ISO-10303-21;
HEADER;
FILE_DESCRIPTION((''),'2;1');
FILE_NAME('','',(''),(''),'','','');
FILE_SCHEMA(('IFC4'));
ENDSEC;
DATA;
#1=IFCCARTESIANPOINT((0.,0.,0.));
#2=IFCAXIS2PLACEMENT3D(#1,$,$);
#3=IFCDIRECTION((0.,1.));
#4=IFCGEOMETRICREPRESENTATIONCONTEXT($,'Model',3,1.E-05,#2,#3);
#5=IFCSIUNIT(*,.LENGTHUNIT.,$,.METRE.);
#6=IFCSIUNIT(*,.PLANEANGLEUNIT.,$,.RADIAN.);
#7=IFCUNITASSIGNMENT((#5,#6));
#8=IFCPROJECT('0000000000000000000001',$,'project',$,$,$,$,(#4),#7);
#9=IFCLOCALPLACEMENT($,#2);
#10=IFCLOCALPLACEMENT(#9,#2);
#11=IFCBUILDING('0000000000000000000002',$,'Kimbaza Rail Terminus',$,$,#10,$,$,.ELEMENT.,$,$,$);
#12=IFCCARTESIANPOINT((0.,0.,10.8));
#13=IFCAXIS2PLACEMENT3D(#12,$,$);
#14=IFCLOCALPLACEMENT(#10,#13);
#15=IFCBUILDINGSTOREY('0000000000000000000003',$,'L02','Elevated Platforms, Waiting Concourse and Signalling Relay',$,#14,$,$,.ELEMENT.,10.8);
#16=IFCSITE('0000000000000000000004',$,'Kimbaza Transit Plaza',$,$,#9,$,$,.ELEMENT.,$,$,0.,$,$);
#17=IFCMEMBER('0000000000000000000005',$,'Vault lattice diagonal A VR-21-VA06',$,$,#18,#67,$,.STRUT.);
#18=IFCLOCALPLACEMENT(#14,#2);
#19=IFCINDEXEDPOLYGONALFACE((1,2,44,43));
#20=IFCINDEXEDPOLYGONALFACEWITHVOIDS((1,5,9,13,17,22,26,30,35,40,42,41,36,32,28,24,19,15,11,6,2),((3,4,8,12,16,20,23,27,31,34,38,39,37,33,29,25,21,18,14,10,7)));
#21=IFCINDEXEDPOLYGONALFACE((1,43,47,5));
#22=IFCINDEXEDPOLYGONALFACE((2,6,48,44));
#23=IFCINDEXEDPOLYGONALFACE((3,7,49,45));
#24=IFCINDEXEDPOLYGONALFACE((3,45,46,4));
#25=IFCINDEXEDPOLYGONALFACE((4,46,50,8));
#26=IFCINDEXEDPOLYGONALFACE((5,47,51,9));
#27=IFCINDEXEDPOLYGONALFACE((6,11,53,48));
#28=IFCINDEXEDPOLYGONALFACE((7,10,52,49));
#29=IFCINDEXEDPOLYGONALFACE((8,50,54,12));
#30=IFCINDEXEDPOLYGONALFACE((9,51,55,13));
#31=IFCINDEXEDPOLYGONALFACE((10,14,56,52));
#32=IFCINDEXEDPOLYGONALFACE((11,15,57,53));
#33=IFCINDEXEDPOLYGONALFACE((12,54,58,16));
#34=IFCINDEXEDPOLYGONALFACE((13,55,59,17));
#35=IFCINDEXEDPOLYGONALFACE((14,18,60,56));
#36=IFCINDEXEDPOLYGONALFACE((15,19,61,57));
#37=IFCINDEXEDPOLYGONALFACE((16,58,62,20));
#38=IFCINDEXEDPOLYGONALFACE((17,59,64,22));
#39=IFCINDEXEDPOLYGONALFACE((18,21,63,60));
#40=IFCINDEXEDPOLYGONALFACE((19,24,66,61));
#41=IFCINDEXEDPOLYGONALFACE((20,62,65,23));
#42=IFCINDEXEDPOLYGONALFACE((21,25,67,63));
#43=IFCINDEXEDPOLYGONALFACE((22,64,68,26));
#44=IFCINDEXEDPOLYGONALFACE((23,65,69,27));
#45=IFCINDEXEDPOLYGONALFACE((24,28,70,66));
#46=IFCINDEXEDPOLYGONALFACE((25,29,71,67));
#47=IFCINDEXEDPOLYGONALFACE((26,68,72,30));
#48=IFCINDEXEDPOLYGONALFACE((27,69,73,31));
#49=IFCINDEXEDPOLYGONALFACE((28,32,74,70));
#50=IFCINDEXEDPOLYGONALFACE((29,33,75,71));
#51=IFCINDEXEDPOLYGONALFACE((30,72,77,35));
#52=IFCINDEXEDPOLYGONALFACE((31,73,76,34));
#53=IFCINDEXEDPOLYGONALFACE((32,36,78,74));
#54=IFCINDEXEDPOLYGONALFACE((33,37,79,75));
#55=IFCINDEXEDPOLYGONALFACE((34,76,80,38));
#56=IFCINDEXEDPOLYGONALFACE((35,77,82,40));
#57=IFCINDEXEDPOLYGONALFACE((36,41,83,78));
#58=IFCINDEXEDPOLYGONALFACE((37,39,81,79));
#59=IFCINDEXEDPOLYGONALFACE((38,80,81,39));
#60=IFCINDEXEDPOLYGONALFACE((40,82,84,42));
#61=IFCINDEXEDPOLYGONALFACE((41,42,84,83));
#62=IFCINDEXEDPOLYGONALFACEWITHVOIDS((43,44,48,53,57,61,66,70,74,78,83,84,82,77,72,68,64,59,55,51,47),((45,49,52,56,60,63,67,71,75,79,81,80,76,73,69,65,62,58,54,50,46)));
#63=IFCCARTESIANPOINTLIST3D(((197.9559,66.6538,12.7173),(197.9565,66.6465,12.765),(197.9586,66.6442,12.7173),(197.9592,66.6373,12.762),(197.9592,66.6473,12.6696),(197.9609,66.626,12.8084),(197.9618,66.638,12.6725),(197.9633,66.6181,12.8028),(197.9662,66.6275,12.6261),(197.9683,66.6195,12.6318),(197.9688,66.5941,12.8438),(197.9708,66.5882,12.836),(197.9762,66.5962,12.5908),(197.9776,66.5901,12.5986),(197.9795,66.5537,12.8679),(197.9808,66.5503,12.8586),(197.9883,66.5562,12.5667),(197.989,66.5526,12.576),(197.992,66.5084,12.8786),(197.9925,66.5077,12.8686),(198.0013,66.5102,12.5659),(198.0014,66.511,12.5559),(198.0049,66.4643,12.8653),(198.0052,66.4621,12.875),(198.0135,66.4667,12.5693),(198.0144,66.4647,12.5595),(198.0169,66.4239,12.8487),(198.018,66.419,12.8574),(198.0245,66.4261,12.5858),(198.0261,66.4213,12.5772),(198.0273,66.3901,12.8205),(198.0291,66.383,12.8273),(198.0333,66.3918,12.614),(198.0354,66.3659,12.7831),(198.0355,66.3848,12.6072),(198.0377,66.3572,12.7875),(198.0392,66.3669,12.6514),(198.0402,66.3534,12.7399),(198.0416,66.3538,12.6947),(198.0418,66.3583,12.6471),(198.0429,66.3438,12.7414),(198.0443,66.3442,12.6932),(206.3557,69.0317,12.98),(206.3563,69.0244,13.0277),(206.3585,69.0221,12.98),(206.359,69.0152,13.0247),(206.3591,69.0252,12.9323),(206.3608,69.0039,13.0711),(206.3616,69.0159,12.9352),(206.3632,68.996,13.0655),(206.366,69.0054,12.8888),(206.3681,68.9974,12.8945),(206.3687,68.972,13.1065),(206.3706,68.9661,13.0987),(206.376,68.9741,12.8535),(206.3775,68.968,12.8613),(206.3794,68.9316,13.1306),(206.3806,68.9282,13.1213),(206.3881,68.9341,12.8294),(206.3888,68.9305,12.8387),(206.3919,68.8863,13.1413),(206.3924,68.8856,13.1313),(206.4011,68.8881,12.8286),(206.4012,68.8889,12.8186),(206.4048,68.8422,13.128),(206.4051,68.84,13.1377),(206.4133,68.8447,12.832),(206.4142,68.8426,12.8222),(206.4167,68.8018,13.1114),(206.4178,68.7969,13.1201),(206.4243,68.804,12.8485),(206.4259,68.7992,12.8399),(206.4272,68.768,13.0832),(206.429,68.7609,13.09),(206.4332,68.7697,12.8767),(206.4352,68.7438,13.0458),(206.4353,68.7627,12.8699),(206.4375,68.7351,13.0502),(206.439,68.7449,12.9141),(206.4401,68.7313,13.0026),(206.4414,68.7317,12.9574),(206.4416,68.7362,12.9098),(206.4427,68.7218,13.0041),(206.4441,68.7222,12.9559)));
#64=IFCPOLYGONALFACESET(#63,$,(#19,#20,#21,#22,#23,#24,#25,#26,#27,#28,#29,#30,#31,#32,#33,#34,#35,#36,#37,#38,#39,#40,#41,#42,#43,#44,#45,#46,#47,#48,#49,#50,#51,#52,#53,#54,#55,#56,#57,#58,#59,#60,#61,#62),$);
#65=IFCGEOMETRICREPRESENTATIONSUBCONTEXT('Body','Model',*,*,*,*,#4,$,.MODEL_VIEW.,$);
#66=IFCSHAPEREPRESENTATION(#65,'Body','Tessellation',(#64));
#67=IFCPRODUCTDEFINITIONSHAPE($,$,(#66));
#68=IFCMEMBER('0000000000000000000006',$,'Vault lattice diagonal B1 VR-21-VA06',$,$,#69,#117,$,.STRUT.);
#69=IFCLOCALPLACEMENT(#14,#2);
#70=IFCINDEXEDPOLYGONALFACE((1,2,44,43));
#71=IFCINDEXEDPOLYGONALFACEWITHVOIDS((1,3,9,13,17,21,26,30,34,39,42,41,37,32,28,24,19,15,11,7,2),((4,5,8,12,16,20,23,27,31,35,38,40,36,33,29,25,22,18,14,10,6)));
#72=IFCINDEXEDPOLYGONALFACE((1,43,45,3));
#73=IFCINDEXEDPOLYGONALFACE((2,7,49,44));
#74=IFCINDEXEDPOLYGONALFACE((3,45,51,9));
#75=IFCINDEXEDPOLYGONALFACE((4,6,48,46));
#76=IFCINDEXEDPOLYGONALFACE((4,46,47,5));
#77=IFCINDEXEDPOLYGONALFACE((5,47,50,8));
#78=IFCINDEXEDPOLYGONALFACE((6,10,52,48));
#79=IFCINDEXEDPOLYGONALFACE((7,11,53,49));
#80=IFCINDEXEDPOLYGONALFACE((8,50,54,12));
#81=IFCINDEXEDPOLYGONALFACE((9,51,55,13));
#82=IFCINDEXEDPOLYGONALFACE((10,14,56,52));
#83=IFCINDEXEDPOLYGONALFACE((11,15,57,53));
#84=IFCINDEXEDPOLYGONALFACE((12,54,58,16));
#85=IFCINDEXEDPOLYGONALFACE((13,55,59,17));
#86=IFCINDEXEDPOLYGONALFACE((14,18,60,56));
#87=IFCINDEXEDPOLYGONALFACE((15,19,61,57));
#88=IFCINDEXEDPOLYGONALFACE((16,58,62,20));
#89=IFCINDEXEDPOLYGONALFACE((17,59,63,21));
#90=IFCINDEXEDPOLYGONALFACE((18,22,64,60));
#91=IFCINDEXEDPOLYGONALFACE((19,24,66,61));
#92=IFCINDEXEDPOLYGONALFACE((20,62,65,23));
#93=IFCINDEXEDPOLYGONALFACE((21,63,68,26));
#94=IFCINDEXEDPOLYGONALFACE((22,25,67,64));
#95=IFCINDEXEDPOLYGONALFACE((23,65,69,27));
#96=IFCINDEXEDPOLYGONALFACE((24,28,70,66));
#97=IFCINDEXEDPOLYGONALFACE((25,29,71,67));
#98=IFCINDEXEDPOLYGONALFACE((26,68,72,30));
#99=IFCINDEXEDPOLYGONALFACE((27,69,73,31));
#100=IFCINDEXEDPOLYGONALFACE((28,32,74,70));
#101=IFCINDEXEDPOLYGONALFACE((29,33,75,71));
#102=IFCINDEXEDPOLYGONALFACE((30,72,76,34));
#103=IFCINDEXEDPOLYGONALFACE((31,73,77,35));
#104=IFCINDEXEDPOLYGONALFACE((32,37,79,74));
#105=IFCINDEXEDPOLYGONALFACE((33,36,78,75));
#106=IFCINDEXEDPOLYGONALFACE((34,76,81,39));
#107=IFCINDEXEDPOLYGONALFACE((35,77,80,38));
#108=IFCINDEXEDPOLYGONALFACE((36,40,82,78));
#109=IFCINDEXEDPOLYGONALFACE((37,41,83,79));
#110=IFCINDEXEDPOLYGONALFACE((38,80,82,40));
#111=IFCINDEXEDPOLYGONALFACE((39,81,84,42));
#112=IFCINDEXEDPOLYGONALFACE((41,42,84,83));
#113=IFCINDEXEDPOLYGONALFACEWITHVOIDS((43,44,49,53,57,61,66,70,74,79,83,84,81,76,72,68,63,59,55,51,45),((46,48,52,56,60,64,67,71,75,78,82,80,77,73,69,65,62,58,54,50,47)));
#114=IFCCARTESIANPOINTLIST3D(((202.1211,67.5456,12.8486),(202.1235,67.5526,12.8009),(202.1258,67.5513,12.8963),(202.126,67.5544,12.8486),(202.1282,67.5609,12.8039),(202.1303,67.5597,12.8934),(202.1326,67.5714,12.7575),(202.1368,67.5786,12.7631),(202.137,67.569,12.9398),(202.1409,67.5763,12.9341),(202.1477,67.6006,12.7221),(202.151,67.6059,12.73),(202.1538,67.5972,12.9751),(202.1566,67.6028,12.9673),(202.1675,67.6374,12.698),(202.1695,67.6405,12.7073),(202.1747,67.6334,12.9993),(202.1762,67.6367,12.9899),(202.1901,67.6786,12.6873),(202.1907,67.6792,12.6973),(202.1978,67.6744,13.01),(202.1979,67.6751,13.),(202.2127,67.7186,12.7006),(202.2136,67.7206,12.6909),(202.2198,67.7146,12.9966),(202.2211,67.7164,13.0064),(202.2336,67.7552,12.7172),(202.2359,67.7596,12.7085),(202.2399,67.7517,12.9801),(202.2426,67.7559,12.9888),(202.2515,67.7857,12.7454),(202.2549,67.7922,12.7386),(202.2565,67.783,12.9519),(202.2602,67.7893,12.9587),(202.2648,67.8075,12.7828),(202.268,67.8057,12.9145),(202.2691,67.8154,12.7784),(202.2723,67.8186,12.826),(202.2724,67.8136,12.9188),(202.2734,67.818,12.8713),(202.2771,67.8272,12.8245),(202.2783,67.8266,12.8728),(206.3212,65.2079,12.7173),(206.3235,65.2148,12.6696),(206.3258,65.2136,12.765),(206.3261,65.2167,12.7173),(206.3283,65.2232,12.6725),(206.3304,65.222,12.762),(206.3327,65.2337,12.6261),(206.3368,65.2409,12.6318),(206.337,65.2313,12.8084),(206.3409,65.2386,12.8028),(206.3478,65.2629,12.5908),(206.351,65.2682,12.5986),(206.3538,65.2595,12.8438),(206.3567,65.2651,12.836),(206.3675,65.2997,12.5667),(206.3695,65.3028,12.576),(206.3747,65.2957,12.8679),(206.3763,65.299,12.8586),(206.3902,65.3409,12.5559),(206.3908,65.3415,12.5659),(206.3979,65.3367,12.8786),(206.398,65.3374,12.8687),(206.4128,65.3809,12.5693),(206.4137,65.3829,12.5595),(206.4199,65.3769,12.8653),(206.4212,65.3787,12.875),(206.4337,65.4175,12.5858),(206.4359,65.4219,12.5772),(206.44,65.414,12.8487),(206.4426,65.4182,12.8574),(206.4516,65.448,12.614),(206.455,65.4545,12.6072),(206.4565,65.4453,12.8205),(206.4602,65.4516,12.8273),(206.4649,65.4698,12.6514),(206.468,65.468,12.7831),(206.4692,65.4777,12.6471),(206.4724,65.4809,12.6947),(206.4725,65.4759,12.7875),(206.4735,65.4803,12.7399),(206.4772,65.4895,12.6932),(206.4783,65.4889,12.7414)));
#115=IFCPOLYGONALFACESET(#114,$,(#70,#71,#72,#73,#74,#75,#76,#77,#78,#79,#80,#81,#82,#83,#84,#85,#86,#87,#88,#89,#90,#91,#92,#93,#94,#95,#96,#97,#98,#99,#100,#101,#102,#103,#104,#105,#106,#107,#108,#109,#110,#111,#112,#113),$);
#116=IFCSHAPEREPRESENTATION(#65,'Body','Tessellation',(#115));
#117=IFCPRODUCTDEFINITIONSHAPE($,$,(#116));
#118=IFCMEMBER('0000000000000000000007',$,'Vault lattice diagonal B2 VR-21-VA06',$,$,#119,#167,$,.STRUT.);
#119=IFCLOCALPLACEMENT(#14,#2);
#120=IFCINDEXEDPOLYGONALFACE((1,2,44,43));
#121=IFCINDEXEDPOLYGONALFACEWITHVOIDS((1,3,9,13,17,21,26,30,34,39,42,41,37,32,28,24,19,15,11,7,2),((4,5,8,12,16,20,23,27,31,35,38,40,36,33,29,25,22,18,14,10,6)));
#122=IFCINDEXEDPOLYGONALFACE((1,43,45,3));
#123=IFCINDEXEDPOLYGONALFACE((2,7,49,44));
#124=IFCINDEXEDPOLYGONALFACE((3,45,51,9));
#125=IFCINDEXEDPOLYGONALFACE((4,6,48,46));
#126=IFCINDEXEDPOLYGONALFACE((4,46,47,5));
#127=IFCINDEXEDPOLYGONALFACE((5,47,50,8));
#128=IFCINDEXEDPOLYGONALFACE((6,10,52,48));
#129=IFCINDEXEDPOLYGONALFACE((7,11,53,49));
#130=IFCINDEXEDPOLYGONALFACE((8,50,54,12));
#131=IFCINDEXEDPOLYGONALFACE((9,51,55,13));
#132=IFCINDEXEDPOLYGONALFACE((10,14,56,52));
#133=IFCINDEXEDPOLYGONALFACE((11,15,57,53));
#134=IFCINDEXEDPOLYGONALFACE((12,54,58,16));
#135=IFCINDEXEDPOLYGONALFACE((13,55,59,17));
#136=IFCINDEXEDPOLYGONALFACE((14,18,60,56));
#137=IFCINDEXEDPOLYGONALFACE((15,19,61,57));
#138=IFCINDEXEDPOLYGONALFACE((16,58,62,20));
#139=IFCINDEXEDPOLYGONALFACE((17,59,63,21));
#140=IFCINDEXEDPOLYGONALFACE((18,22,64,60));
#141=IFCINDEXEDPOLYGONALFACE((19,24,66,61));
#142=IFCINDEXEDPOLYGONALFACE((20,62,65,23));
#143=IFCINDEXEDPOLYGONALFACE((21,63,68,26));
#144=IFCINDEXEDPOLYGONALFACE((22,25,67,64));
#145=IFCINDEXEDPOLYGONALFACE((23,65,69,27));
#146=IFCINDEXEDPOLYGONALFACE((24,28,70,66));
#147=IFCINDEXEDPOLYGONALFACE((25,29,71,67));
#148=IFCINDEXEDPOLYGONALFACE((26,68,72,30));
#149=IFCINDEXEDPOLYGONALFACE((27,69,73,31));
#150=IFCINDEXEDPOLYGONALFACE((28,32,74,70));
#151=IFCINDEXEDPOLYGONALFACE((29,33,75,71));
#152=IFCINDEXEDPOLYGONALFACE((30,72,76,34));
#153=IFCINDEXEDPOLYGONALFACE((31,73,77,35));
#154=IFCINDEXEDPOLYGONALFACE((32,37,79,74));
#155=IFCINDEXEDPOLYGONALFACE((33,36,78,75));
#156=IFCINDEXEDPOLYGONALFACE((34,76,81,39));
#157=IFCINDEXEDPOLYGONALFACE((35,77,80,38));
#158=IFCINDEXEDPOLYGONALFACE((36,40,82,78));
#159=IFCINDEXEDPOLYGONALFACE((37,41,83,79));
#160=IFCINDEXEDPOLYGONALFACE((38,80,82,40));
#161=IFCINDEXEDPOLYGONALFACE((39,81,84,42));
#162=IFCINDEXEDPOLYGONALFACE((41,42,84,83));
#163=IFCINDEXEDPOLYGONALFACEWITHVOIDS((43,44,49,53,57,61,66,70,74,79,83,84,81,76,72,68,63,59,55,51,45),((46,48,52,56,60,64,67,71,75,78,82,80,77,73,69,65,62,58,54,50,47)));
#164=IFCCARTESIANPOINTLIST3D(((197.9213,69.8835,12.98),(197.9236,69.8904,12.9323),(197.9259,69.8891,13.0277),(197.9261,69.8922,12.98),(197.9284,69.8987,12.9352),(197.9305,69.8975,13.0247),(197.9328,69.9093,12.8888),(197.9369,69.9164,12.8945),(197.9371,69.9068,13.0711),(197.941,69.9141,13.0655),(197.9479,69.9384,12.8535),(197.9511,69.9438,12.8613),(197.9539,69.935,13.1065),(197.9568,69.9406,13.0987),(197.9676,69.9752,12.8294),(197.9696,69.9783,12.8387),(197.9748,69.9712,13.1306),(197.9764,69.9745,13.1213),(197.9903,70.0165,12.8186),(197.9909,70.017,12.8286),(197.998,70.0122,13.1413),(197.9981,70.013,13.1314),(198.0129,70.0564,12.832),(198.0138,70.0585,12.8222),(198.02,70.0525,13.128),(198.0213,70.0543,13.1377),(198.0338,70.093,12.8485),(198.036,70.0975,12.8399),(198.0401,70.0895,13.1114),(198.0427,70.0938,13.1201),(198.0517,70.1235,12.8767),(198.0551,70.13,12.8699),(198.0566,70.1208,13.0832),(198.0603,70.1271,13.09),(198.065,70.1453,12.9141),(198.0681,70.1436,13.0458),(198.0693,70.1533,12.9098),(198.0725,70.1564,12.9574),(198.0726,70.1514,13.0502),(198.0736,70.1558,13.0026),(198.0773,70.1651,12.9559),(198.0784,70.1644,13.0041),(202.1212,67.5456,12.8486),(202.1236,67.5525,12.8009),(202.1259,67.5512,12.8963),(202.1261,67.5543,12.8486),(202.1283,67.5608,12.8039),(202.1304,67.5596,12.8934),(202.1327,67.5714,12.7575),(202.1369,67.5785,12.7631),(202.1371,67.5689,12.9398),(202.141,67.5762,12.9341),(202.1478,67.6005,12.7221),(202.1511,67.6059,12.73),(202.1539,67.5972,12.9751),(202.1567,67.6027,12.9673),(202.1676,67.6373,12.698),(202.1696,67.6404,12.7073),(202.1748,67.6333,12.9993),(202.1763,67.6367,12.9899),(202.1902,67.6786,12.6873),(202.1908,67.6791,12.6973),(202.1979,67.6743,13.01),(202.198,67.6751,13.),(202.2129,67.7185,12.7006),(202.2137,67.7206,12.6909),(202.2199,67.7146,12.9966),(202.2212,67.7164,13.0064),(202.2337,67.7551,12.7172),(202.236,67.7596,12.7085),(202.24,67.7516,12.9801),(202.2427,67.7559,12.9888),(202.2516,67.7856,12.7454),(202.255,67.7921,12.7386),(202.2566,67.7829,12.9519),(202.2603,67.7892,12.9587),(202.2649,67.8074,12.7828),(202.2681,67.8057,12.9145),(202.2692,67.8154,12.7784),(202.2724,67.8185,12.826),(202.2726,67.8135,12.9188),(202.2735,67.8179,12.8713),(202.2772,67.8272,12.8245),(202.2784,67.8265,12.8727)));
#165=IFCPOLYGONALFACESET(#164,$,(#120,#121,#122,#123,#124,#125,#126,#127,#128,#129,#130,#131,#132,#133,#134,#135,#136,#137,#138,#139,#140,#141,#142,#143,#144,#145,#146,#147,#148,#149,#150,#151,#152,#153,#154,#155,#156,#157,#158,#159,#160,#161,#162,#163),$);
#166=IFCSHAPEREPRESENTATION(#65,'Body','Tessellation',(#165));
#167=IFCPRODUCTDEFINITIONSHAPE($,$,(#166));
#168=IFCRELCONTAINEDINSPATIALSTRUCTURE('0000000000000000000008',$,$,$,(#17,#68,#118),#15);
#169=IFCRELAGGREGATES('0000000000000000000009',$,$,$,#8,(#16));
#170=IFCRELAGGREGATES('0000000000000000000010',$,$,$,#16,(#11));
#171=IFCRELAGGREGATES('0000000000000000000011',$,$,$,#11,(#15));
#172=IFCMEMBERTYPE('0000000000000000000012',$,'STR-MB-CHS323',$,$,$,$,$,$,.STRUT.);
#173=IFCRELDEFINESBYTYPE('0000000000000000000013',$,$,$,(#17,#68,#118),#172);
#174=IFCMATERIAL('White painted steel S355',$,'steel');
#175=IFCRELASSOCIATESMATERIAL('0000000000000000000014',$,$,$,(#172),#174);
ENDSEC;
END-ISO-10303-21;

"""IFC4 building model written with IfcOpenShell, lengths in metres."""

from ifc_helpers import new_model, si_unit, direction, frame, origin, origin_2d, place, context, subcontext, project, spatial, hollow_circle, extrude, material, material_profile, profile_set, type_object, element, save


model = new_model("IFC4")

# Units and contexts
model_context = context("Model", 3, precision=1e-05, world=origin(), true_north=direction((0.0, 1.0)))
body_context = subcontext(model_context, "Body", "Model", "MODEL_VIEW")
ifc_project = project(units=[si_unit("LENGTHUNIT", "METRE"), si_unit("PLANEANGLEUNIT", "RADIAN")], contexts=[model_context])

# Site, building, storey
site_placement = place(None, origin())
site = spatial("IfcSite", under=ifc_project, at=site_placement, Name="Kimbaza Transit Plaza", CompositionType="ELEMENT", RefElevation=0.0)
building_placement = place(site_placement, origin())
building = spatial("IfcBuilding", under=site, at=building_placement, Name="Kimbaza Rail Terminus", CompositionType="ELEMENT")
storey_placement = place(building_placement, frame((0.0, 0.0, 10.8)))
storey = spatial("IfcBuildingStorey", under=building, at=storey_placement, Name="L02", Description="Elevated Platforms, Waiting Concourse and Signalling Relay", CompositionType="ELEMENT", Elevation=10.8)

# Members
ifc_material_1 = material(Name="White painted steel S355", Category="steel")
ifc_material_profile_1 = material_profile(ifc_material_1, hollow_circle(Radius=0.1619, WallThickness=0.01, at=origin_2d()), Name="CHS 323.9x10")
ifc_profile_set_1 = profile_set([ifc_material_profile_1], Name="White painted steel S355")
member_type_1 = type_object("IfcMemberType", Name="STR-MB-CHS323", PredefinedType="STRUT", material=ifc_profile_set_1)
member_1_placement = place(storey_placement, frame((198.0, 66.498, 12.7173), z_axis=(0.961753, 0.272263, 0.030077), x_axis=(-0.272386, 0.962188, 0.0)))
element("IfcMember", 1, at=member_1_placement, inside=storey, type_object=member_type_1, Name="Vault lattice diagonal A VR-21-VA06", PredefinedType="STRUT", context=body_context, shape_type="SweptSolid", body=[
    extrude(hollow_circle(Radius=0.1619, WallThickness=0.01, at=origin_2d()), origin(), (0.0, 0.0, 1.0), 8.7339),
])
for number, where, z_axis, x_axis, name in (
    (2, (206.3999, 65.3494, 12.7173), (-0.873448, 0.486151, 0.027316), (-0.486333, -0.873774, 0.0), "Vault lattice diagonal B1 VR-21-VA06"),
    (3, (202.2, 67.687, 12.8486), (-0.873426, 0.48619, 0.027315), (-0.486372, -0.873752, 0.0), "Vault lattice diagonal B2 VR-21-VA06"),
):
    element("IfcMember", number, at=place(storey_placement, frame(where, z_axis=z_axis, x_axis=x_axis)), inside=storey, type_object=member_type_1, Name=name, PredefinedType="STRUT", context=body_context, shape_type="SweptSolid", body=[
        extrude(hollow_circle(Radius=0.1619, WallThickness=0.01, at=origin_2d()), origin(), (0.0, 0.0, 1.0), 4.8086),
    ])

save(model, "model.ifc")
